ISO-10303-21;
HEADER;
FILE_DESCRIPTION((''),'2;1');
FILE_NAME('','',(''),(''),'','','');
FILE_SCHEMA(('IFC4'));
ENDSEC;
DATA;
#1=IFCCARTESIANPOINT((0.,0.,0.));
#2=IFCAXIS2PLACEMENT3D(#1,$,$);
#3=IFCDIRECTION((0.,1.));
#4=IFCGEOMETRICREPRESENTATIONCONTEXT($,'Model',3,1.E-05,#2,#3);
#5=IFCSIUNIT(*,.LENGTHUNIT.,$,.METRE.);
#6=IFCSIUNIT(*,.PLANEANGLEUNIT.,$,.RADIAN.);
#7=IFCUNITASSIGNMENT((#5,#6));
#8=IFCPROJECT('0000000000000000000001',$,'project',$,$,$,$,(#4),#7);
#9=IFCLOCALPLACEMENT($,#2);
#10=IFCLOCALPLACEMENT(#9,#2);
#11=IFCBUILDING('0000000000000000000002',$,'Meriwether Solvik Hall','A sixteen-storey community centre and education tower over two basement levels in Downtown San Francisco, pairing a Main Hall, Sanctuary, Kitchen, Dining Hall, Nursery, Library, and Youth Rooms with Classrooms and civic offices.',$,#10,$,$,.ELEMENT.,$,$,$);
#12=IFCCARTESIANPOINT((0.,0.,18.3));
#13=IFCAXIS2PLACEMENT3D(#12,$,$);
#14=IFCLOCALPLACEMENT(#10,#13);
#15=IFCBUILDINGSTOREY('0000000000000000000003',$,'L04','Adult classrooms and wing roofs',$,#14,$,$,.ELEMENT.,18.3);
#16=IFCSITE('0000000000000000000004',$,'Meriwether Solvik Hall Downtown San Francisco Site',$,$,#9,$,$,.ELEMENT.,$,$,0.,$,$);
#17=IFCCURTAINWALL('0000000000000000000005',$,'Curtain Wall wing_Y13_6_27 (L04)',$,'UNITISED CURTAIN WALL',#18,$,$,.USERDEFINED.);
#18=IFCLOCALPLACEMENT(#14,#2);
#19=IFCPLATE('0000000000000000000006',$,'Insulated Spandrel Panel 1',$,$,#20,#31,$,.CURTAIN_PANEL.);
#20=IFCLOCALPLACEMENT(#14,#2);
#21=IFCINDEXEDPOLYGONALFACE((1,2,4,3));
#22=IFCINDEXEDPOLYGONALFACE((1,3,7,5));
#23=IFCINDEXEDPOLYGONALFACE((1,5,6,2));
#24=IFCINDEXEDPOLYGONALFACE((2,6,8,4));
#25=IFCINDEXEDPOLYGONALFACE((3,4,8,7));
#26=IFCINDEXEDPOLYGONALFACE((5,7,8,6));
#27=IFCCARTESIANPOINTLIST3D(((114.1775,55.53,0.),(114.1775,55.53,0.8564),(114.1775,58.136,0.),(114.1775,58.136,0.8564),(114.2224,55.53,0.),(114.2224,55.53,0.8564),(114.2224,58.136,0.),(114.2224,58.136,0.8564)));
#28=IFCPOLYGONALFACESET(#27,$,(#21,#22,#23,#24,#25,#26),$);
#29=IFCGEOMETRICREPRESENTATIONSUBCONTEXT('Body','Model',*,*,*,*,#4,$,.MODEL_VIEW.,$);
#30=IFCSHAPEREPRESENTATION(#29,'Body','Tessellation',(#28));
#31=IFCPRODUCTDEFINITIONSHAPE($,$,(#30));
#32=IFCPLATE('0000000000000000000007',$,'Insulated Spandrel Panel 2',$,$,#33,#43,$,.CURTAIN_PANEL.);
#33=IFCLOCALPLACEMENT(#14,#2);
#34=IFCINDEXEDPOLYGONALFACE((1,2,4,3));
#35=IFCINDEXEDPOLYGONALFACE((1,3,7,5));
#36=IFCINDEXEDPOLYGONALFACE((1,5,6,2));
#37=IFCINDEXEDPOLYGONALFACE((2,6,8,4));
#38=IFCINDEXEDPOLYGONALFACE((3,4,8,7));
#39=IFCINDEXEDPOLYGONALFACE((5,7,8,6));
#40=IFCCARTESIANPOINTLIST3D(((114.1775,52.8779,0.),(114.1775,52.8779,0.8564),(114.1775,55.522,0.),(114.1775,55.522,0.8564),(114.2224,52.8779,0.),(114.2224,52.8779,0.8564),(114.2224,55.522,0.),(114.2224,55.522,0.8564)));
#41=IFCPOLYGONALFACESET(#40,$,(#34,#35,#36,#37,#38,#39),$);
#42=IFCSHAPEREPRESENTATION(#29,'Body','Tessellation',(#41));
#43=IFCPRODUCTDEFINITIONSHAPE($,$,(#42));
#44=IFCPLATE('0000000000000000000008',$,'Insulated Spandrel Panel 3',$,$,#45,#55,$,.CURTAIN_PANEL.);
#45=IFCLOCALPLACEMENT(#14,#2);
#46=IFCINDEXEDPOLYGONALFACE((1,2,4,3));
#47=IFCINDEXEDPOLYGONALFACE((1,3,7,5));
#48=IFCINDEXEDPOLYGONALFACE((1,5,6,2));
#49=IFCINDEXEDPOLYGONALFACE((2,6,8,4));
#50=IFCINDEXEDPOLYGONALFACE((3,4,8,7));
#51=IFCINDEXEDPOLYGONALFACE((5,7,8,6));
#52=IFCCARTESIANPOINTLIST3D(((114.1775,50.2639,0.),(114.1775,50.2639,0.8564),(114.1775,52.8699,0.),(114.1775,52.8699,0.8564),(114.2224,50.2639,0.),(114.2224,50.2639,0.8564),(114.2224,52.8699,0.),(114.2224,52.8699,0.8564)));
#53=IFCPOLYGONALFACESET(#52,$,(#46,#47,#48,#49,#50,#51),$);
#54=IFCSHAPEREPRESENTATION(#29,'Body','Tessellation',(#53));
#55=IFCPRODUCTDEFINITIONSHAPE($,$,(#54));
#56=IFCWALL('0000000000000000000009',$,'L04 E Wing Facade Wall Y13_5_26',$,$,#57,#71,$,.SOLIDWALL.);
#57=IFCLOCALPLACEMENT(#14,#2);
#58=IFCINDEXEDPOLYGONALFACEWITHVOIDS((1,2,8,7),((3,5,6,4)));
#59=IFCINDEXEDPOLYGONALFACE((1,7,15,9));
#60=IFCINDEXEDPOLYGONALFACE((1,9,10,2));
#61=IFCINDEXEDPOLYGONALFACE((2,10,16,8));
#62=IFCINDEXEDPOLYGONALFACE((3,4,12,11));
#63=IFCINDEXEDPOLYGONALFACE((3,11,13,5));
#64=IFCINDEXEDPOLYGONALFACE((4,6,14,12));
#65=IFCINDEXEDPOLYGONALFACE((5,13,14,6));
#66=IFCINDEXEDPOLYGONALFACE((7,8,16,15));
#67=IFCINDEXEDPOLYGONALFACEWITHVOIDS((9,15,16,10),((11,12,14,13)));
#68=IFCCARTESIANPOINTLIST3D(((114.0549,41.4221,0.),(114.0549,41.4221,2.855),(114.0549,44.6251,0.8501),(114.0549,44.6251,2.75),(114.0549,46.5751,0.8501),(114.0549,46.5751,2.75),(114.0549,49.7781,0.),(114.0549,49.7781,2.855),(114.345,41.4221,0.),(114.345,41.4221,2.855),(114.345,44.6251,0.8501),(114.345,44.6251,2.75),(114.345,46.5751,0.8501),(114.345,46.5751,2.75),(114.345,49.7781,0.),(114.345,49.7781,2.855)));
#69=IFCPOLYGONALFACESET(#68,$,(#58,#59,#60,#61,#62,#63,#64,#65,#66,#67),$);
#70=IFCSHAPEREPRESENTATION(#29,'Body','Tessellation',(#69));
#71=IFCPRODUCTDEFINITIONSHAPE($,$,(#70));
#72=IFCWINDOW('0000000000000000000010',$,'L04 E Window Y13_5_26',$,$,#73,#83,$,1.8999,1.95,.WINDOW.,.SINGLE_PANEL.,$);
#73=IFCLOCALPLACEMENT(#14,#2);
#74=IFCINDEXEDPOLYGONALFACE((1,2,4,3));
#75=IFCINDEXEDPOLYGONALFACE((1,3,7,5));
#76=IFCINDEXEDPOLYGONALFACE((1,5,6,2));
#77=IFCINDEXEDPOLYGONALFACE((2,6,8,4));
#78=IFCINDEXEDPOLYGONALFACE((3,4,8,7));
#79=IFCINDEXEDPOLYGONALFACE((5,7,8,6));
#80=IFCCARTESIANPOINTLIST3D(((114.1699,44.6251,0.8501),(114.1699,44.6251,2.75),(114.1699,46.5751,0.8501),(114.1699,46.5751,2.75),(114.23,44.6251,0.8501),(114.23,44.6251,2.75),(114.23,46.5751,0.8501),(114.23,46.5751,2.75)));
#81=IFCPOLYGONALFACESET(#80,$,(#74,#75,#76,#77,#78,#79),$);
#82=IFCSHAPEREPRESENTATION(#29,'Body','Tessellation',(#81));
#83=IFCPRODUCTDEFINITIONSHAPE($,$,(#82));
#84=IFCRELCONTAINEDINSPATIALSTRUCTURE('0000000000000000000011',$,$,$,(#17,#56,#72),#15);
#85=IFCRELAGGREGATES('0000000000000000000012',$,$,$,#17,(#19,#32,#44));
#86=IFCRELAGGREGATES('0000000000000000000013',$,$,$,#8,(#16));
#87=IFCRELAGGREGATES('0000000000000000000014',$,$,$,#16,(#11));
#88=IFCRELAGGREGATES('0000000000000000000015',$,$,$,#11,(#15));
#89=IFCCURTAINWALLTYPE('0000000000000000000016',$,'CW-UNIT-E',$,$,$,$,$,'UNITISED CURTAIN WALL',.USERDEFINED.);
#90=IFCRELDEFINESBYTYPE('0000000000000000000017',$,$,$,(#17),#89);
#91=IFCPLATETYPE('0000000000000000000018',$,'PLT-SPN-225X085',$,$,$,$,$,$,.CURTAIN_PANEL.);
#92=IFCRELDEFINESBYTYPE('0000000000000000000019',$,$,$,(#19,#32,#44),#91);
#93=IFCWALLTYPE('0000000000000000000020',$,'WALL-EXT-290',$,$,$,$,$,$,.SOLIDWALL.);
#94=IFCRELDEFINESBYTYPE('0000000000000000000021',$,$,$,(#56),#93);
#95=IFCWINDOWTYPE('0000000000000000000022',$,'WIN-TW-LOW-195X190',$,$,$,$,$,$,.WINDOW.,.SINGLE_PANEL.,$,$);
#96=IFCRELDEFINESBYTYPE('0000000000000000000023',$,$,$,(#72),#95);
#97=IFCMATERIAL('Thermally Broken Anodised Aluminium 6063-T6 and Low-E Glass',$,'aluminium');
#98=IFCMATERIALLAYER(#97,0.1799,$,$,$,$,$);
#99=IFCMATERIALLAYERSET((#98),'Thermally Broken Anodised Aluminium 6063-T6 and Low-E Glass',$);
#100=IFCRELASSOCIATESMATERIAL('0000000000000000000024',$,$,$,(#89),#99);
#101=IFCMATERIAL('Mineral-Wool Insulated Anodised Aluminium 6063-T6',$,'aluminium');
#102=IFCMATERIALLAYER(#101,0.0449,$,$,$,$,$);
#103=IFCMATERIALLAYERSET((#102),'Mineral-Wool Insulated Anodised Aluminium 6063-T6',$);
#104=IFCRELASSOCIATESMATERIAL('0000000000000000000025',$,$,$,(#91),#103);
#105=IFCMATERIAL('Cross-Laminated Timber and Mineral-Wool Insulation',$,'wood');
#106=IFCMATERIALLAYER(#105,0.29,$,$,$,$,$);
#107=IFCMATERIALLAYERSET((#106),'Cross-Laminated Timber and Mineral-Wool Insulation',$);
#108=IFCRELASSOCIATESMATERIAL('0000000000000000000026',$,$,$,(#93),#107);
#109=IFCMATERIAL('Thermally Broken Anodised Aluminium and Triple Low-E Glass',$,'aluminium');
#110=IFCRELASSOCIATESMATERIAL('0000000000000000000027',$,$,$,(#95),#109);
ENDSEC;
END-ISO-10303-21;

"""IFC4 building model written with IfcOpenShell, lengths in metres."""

from ifc_helpers import new_model, si_unit, direction, frame, frame_2d, origin, origin_2d, place, context, subcontext, project, spatial, rectangle, extrude, material, layer, layer_set, type_object, element, fill, aggregate, save


model = new_model("IFC4")

# Units and contexts
model_context = context("Model", 3, precision=1e-05, world=origin(), true_north=direction((0.0, 1.0)))
body_context = subcontext(model_context, "Body", "Model", "MODEL_VIEW")
ifc_project = project(units=[si_unit("LENGTHUNIT", "METRE"), si_unit("PLANEANGLEUNIT", "RADIAN")], contexts=[model_context])

# Site, building, storey
site_placement = place(None, origin())
site = spatial("IfcSite", under=ifc_project, at=site_placement, Name="Meriwether Solvik Hall Downtown San Francisco Site", CompositionType="ELEMENT", RefElevation=0.0)
building_placement = place(site_placement, origin())
building = spatial("IfcBuilding", under=site, at=building_placement, Name="Meriwether Solvik Hall", Description="A sixteen-storey community centre and education tower over two basement levels in Downtown San Francisco, pairing a Main Hall, Sanctuary, Kitchen, Dining Hall, Nursery, Library, and Youth Rooms with Classrooms and civic offices.", CompositionType="ELEMENT")
storey_placement = place(building_placement, frame((0.0, 0.0, 18.3)))
storey = spatial("IfcBuildingStorey", under=building, at=storey_placement, Name="L04", Description="Adult classrooms and wing roofs", CompositionType="ELEMENT", Elevation=18.3)

# Curtain wall
ifc_material_1 = material(Name="Thermally Broken Anodised Aluminium 6063-T6 and Low-E Glass", Category="aluminium")
ifc_layer_1 = layer(ifc_material_1, 0.1799)
ifc_layer_set_1 = layer_set([ifc_layer_1], Name="Thermally Broken Anodised Aluminium 6063-T6 and Low-E Glass")
curtain_wall_type = type_object("IfcCurtainWallType", Name="CW-UNIT-E", ElementType="UNITISED CURTAIN WALL", PredefinedType="USERDEFINED", material=ifc_layer_set_1)
curtain_wall_1_placement = place(storey_placement, origin())
curtain_wall_1 = element("IfcCurtainWall", 1, at=curtain_wall_1_placement, inside=storey, type_object=curtain_wall_type, Name="Curtain Wall wing_Y13_6_27 (L04)", ObjectType="UNITISED CURTAIN WALL", PredefinedType="USERDEFINED")

# Plates
ifc_material_2 = material(Name="Mineral-Wool Insulated Anodised Aluminium 6063-T6", Category="aluminium")
ifc_layer_2 = layer(ifc_material_2, 0.0449)
ifc_layer_set_2 = layer_set([ifc_layer_2], Name="Mineral-Wool Insulated Anodised Aluminium 6063-T6")
plate_type_1 = type_object("IfcPlateType", Name="PLT-SPN-225X085", PredefinedType="CURTAIN_PANEL", material=ifc_layer_set_2)
plate_1_placement = place(storey_placement, frame((114.2, 56.833, 0.0), z_axis=(0.0, 0.0, 1.0), x_axis=(0.0, -1.0, 0.0)))
plate_1 = element("IfcPlate", 2, at=plate_1_placement, type_object=plate_type_1, Name="Insulated Spandrel Panel 1", PredefinedType="CURTAIN_PANEL", context=body_context, shape_type="SweptSolid", body=[
    extrude(rectangle(XDim=2.606, YDim=0.0449, at=origin_2d()), origin(), (0.0, 0.0, 1.0), 0.8564),
])
plate_2_placement = place(storey_placement, frame((114.2, 54.2, 0.0), z_axis=(0.0, 0.0, 1.0), x_axis=(0.0, -1.0, 0.0)))
plate_2 = element("IfcPlate", 3, at=plate_2_placement, type_object=plate_type_1, Name="Insulated Spandrel Panel 2", PredefinedType="CURTAIN_PANEL", context=body_context, shape_type="SweptSolid", body=[
    extrude(rectangle(XDim=2.644, YDim=0.0449, at=origin_2d()), origin(), (0.0, 0.0, 1.0), 0.8564),
])
plate_3_placement = place(storey_placement, frame((114.2, 51.5669, 0.0), z_axis=(0.0, 0.0, 1.0), x_axis=(0.0, -1.0, 0.0)))
plate_3 = element("IfcPlate", 4, at=plate_3_placement, type_object=plate_type_1, Name="Insulated Spandrel Panel 3", PredefinedType="CURTAIN_PANEL", context=body_context, shape_type="SweptSolid", body=[
    extrude(rectangle(XDim=2.606, YDim=0.0449, at=origin_2d()), origin(), (0.0, 0.0, 1.0), 0.8564),
])
aggregate(curtain_wall_1, [plate_1, plate_2, plate_3])

# Wall, opening, window
ifc_material_3 = material(Name="Cross-Laminated Timber and Mineral-Wool Insulation", Category="wood")
ifc_layer_3 = layer(ifc_material_3, 0.29)
ifc_layer_set_3 = layer_set([ifc_layer_3], Name="Cross-Laminated Timber and Mineral-Wool Insulation")
wall_type = type_object("IfcWallType", Name="WALL-EXT-290", PredefinedType="SOLIDWALL", material=ifc_layer_set_3)
wall_placement = place(storey_placement, frame((114.2, 49.7781, 0.0), z_axis=(0.0, 0.0, 1.0), x_axis=(0.0, -1.0, 0.0)))
wall = element("IfcWall", 5, at=wall_placement, inside=storey, type_object=wall_type, Name="L04 E Wing Facade Wall Y13_5_26", PredefinedType="SOLIDWALL", context=body_context, shape_type="SweptSolid", body=[
    extrude(rectangle(XDim=8.356, YDim=0.29, at=frame_2d((4.178, 0.0))), origin(), (0.0, 0.0, 1.0), 2.855),
])
opening_placement = place(wall_placement, frame((3.2029, 0.0, 0.8501)))
opening = element("IfcOpeningElement", 6, at=opening_placement, cuts=wall, PredefinedType="OPENING", context=body_context, shape_type="SweptSolid", body=[
    extrude(rectangle(XDim=1.95, YDim=1.8999, at=frame_2d((0.9751, 0.95))), frame((0.0, 0.157, 0.0), z_axis=(0.0, -1.0, 0.0), x_axis=(1.0, 0.0, 0.0)), (0.0, 0.0, 1.0), 0.314),
])
ifc_material_4 = material(Name="Thermally Broken Anodised Aluminium and Triple Low-E Glass", Category="aluminium")
window_type = type_object("IfcWindowType", Name="WIN-TW-LOW-195X190", PartitioningType="SINGLE_PANEL", PredefinedType="WINDOW", material=ifc_material_4)
window_placement = place(opening_placement, origin())
window = element("IfcWindow", 7, at=window_placement, inside=storey, type_object=window_type, Name="L04 E Window Y13_5_26", OverallHeight=1.8999, OverallWidth=1.95, PartitioningType="SINGLE_PANEL", PredefinedType="WINDOW", context=body_context, shape_type="SweptSolid", body=[
    extrude(rectangle(XDim=1.95, YDim=1.8999, at=frame_2d((0.9751, 0.95))), frame((0.0, 0.03, 0.0), z_axis=(0.0, -1.0, 0.0), x_axis=(1.0, 0.0, 0.0)), (0.0, 0.0, 1.0), 0.0601),
])
fill(opening, window)

save(model, "model.ifc")
